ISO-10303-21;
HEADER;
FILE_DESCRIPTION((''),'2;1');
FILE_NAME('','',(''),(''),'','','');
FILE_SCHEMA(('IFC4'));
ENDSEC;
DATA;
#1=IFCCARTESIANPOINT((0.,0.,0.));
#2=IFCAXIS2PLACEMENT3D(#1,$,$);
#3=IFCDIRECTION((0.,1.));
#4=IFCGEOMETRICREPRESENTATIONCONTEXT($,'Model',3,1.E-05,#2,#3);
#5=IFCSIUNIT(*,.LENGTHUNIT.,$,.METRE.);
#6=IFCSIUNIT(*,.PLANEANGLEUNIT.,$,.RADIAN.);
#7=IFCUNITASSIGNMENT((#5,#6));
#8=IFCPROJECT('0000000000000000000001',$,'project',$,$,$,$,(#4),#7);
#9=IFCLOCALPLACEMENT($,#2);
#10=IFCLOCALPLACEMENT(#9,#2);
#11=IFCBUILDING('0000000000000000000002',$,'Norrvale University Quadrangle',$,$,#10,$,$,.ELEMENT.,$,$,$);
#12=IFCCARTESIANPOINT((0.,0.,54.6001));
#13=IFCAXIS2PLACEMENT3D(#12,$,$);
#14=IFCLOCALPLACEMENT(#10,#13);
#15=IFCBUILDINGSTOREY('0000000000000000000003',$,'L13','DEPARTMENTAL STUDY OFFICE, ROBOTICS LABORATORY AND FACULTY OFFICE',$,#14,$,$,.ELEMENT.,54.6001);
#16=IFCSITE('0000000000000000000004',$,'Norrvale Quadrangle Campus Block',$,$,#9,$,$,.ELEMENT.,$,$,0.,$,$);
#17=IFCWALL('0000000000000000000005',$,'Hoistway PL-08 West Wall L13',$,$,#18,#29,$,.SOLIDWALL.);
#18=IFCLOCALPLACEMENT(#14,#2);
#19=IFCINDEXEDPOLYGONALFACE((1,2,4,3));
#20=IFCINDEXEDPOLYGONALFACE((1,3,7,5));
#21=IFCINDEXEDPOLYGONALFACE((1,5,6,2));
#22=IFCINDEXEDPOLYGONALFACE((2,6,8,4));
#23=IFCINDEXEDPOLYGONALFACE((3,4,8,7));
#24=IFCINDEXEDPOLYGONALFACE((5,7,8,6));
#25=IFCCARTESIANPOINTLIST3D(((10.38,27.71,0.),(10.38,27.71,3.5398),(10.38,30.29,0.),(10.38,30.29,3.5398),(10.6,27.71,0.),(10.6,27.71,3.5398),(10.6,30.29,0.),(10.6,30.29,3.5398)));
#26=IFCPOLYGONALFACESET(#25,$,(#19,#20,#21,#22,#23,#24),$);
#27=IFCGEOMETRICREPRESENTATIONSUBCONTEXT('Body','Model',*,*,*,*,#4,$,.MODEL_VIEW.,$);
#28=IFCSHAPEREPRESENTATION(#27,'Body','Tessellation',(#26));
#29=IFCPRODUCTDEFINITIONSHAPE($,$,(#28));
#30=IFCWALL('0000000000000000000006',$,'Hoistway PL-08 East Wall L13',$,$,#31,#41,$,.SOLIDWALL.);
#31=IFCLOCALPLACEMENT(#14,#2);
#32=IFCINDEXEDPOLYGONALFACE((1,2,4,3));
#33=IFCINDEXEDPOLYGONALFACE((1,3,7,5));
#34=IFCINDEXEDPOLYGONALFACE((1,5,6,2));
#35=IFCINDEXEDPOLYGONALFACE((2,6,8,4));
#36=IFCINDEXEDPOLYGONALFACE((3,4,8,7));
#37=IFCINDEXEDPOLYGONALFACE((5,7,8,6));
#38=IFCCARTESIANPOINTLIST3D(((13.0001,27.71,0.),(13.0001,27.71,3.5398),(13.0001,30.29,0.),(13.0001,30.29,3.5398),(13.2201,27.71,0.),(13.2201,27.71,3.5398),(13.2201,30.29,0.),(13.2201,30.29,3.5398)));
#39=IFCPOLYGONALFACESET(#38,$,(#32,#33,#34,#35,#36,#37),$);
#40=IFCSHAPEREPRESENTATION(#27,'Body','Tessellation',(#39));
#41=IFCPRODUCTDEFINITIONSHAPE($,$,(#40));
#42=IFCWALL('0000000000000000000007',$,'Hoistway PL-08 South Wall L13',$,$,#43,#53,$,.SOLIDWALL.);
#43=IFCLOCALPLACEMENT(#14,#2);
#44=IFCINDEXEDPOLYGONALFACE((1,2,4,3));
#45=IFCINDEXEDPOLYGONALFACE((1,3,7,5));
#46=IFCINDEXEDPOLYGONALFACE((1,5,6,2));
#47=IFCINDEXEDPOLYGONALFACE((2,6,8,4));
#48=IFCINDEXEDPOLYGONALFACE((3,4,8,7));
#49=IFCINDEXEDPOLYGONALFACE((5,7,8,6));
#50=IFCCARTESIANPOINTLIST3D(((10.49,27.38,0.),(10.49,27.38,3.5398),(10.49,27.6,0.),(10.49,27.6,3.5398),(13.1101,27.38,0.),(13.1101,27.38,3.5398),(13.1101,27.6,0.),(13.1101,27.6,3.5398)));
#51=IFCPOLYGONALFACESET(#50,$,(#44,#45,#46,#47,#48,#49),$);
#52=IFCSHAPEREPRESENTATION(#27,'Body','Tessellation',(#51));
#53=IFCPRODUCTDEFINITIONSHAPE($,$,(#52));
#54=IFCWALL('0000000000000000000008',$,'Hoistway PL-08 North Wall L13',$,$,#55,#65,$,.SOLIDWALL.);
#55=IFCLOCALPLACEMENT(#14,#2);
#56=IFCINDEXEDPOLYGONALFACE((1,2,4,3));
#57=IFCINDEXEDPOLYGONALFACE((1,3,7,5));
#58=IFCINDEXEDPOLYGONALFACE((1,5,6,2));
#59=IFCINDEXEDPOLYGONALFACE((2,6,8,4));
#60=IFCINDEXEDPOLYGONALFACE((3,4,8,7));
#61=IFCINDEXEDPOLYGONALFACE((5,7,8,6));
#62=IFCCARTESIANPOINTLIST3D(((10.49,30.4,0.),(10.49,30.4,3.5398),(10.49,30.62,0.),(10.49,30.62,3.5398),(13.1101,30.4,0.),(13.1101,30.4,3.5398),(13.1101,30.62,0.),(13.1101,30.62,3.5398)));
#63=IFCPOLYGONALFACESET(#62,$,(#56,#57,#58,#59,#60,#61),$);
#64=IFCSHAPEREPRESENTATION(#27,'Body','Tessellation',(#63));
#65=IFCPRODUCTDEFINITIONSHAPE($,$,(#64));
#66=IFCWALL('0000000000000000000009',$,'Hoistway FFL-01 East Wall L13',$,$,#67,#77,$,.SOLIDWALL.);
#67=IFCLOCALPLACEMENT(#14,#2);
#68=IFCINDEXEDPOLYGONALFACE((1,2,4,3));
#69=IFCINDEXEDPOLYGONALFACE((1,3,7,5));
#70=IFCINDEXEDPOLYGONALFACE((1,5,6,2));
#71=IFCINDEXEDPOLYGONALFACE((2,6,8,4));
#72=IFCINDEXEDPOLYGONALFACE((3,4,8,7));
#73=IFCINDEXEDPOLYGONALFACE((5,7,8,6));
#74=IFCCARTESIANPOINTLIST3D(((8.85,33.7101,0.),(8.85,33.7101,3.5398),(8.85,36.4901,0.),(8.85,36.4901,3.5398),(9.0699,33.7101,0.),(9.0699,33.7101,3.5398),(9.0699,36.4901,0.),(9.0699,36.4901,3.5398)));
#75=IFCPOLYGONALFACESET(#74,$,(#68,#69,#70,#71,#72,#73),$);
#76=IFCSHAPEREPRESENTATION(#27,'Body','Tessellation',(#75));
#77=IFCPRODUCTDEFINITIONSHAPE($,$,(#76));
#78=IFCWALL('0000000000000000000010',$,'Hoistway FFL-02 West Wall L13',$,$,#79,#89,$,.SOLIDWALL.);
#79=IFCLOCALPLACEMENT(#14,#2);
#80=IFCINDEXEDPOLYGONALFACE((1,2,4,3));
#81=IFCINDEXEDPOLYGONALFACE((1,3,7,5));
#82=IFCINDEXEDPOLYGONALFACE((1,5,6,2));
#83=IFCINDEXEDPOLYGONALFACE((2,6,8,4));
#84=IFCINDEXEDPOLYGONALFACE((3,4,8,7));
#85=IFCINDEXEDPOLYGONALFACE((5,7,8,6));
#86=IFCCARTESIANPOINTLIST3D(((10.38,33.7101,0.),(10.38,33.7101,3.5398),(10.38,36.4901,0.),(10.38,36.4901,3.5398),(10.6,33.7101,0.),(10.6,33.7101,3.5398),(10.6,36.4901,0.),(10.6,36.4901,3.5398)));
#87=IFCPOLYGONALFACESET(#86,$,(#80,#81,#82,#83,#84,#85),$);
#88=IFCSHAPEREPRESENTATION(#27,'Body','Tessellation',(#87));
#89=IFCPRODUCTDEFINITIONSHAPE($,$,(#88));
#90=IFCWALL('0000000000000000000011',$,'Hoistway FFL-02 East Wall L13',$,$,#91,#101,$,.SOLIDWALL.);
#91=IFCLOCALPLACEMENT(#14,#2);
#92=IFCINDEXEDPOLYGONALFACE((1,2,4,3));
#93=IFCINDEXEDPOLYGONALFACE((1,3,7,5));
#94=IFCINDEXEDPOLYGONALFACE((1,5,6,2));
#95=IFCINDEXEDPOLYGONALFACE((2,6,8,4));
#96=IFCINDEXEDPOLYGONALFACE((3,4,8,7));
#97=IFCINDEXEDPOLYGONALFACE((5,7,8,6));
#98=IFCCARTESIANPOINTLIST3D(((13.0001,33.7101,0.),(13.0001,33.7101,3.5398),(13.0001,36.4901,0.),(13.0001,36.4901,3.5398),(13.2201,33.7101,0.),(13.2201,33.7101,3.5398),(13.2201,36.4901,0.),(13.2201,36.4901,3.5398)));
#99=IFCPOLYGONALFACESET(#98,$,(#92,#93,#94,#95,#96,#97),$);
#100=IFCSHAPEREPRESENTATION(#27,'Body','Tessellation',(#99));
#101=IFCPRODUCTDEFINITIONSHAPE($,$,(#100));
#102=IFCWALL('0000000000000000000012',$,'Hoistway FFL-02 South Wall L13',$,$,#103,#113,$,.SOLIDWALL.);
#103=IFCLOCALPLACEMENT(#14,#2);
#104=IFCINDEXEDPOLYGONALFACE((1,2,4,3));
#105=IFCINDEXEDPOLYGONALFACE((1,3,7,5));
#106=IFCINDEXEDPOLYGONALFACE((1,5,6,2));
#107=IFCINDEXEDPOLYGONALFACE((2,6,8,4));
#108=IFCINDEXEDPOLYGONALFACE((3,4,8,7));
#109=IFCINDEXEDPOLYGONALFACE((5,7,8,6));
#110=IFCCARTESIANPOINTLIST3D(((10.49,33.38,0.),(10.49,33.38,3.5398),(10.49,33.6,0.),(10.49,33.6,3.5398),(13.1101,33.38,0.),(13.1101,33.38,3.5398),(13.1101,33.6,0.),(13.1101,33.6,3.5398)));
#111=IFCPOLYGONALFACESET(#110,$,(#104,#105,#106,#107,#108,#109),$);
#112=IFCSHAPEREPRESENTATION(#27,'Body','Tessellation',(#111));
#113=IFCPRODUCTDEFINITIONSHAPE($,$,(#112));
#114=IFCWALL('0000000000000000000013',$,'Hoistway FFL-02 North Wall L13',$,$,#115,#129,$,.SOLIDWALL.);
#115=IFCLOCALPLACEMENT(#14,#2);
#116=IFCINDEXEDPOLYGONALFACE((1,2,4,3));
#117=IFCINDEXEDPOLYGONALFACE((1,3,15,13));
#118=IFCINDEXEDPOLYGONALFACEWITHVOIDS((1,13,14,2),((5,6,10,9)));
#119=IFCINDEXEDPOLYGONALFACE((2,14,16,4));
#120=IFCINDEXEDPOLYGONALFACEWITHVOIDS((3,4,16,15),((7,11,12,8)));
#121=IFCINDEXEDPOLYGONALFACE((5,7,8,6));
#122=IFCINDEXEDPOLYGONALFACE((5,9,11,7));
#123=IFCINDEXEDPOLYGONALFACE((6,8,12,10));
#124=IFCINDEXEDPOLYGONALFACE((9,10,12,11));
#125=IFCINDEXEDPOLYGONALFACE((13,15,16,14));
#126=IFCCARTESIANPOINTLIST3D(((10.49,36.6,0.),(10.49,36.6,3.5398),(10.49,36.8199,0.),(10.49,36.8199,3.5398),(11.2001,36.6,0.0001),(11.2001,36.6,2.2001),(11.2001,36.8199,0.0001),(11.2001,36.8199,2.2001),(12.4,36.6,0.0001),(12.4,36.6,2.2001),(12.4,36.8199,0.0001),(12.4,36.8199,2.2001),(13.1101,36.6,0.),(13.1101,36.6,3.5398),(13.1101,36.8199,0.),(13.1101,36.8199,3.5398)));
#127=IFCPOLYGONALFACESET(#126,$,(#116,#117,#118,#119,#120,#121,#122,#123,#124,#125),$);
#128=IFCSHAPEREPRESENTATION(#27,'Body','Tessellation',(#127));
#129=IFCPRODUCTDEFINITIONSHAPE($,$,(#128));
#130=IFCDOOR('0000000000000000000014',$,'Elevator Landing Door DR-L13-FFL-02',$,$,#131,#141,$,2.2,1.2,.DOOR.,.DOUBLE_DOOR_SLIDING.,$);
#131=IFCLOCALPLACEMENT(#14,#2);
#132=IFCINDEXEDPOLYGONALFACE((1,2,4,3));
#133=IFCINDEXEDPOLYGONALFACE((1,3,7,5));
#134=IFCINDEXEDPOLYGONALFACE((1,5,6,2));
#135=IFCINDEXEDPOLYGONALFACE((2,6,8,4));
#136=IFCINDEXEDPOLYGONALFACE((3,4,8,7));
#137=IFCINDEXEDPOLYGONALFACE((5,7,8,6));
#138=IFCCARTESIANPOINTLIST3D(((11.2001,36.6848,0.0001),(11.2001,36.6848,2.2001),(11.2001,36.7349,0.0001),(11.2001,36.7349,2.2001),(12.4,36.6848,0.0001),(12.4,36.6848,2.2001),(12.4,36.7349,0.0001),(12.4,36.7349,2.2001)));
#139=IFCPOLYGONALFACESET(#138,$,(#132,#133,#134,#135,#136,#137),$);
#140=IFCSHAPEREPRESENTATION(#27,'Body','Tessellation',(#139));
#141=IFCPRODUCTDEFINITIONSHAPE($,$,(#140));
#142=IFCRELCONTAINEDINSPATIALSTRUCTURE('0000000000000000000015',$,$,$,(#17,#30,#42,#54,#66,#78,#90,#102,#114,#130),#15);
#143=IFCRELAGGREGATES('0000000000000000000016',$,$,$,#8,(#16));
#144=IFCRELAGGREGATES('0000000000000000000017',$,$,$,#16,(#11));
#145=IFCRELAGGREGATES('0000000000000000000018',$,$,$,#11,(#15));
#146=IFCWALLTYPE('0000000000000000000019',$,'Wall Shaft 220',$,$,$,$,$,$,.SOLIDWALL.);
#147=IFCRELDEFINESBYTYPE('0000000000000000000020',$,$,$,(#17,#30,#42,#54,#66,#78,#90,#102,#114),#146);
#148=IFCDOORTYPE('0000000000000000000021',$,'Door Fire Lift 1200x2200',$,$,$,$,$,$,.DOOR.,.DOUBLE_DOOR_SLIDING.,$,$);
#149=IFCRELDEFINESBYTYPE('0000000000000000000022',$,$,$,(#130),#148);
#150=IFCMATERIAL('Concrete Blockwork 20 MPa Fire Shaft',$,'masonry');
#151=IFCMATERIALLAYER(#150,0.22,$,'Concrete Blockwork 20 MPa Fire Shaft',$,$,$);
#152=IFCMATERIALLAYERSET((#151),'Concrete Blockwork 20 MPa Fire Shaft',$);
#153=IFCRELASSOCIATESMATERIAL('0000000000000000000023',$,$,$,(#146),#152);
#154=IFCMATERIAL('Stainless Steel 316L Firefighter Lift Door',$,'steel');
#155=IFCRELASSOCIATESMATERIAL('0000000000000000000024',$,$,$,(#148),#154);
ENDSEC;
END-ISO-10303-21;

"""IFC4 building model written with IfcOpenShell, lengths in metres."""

from ifc_helpers import new_model, si_unit, direction, frame, frame_2d, origin, place, context, subcontext, project, spatial, rectangle, extrude, material, layer, layer_set, type_object, element, fill, save


model = new_model("IFC4")

# Units and contexts
model_context = context("Model", 3, precision=1e-05, world=origin(), true_north=direction((0.0, 1.0)))
body_context = subcontext(model_context, "Body", "Model", "MODEL_VIEW")
ifc_project = project(units=[si_unit("LENGTHUNIT", "METRE"), si_unit("PLANEANGLEUNIT", "RADIAN")], contexts=[model_context])

# Site, building, storey
site_placement = place(None, origin())
site = spatial("IfcSite", under=ifc_project, at=site_placement, Name="Norrvale Quadrangle Campus Block", CompositionType="ELEMENT", RefElevation=0.0)
building_placement = place(site_placement, origin())
building = spatial("IfcBuilding", under=site, at=building_placement, Name="Norrvale University Quadrangle", CompositionType="ELEMENT")
storey_placement = place(building_placement, frame((0.0, 0.0, 54.6001)))
storey = spatial("IfcBuildingStorey", under=building, at=storey_placement, Name="L13", Description="DEPARTMENTAL STUDY OFFICE, ROBOTICS LABORATORY AND FACULTY OFFICE", CompositionType="ELEMENT", Elevation=54.6001)

# Walls
ifc_material_1 = material(Name="Concrete Blockwork 20 MPa Fire Shaft", Category="masonry")
ifc_layer_1 = layer(ifc_material_1, 0.22, Name="Concrete Blockwork 20 MPa Fire Shaft")
ifc_layer_set_1 = layer_set([ifc_layer_1], Name="Concrete Blockwork 20 MPa Fire Shaft")
wall_type_1 = type_object("IfcWallType", Name="Wall Shaft 220", PredefinedType="SOLIDWALL", material=ifc_layer_set_1)
for number, where, z_axis, x_axis, name in (
    (1, (10.49, 27.71, 0.0), (0.0, 0.0, 1.0), (0.0, 1.0, 0.0), "Hoistway PL-08 West Wall L13"),
    (2, (13.1101, 27.71, 0.0), (0.0, 0.0, 1.0), (0.0, 1.0, 0.0), "Hoistway PL-08 East Wall L13"),
):
    element("IfcWall", number, at=place(storey_placement, frame(where, z_axis=z_axis, x_axis=x_axis)), inside=storey, type_object=wall_type_1, Name=name, PredefinedType="SOLIDWALL", context=body_context, shape_type="SweptSolid", body=[
        extrude(rectangle(XDim=2.5801, YDim=0.22, at=frame_2d((1.29, 0.0))), origin(), (0.0, 0.0, 1.0), 3.5398),
    ])
for number, where, z_axis, x_axis, name in (
    (3, (10.49, 27.49, 0.0), (0.0, 0.0, 1.0), (1.0, 0.0, 0.0), "Hoistway PL-08 South Wall L13"),
    (4, (10.49, 30.51, 0.0), (0.0, 0.0, 1.0), (1.0, 0.0, 0.0), "Hoistway PL-08 North Wall L13"),
):
    element("IfcWall", number, at=place(storey_placement, frame(where, z_axis=z_axis, x_axis=x_axis)), inside=storey, type_object=wall_type_1, Name=name, PredefinedType="SOLIDWALL", context=body_context, shape_type="SweptSolid", body=[
        extrude(rectangle(XDim=2.6201, YDim=0.22, at=frame_2d((1.3101, 0.0))), origin(), (0.0, 0.0, 1.0), 3.5398),
    ])
for number, where, z_axis, x_axis, name in (
    (5, (8.96, 33.71, 0.0), (0.0, 0.0, 1.0), (0.0, 1.0, 0.0), "Hoistway FFL-01 East Wall L13"),
    (6, (10.49, 33.71, 0.0), (0.0, 0.0, 1.0), (0.0, 1.0, 0.0), "Hoistway FFL-02 West Wall L13"),
    (7, (13.1101, 33.71, 0.0), (0.0, 0.0, 1.0), (0.0, 1.0, 0.0), "Hoistway FFL-02 East Wall L13"),
):
    element("IfcWall", number, at=place(storey_placement, frame(where, z_axis=z_axis, x_axis=x_axis)), inside=storey, type_object=wall_type_1, Name=name, PredefinedType="SOLIDWALL", context=body_context, shape_type="SweptSolid", body=[
        extrude(rectangle(XDim=2.78, YDim=0.22, at=frame_2d((1.3901, 0.0))), origin(), (0.0, 0.0, 1.0), 3.5398),
    ])
wall_1_placement = place(storey_placement, frame((10.49, 33.49, 0.0), z_axis=(0.0, 0.0, 1.0), x_axis=(1.0, 0.0, 0.0)))
element("IfcWall", 8, at=wall_1_placement, inside=storey, type_object=wall_type_1, Name="Hoistway FFL-02 South Wall L13", PredefinedType="SOLIDWALL", context=body_context, shape_type="SweptSolid", body=[
    extrude(rectangle(XDim=2.6201, YDim=0.22, at=frame_2d((1.3101, 0.0))), origin(), (0.0, 0.0, 1.0), 3.5398),
])

# Wall, opening, door
wall_2_placement = place(storey_placement, frame((10.49, 36.71, 0.0), z_axis=(0.0, 0.0, 1.0), x_axis=(1.0, 0.0, 0.0)))
wall_2 = element("IfcWall", 9, at=wall_2_placement, inside=storey, type_object=wall_type_1, Name="Hoistway FFL-02 North Wall L13", PredefinedType="SOLIDWALL", context=body_context, shape_type="SweptSolid", body=[
    extrude(rectangle(XDim=2.6201, YDim=0.22, at=frame_2d((1.3101, 0.0))), origin(), (0.0, 0.0, 1.0), 3.5398),
])
opening_1_placement = place(wall_2_placement, frame((0.71, 0.0, 0.0)))
opening_1 = element("IfcOpeningElement", 10, at=opening_1_placement, cuts=wall_2, PredefinedType="OPENING", context=body_context, shape_type="SweptSolid", body=[
    extrude(rectangle(XDim=1.2, YDim=2.2, at=frame_2d((0.6001, 1.1001))), frame((0.0, 0.1221, 0.0), z_axis=(0.0, -1.0, 0.0), x_axis=(1.0, 0.0, 0.0)), (0.0, 0.0, 1.0), 0.2439),
])
ifc_material_2 = material(Name="Stainless Steel 316L Firefighter Lift Door", Category="steel")
door_type_1 = type_object("IfcDoorType", Name="Door Fire Lift 1200x2200", OperationType="DOUBLE_DOOR_SLIDING", PredefinedType="DOOR", material=ifc_material_2)
door_1_placement = place(opening_1_placement, origin())
door_1 = element("IfcDoor", 11, at=door_1_placement, inside=storey, type_object=door_type_1, Name="Elevator Landing Door DR-L13-FFL-02", OperationType="DOUBLE_DOOR_SLIDING", OverallHeight=2.2, OverallWidth=1.2, PredefinedType="DOOR", context=body_context, shape_type="SweptSolid", body=[
    extrude(rectangle(XDim=1.2, YDim=2.2, at=frame_2d((0.6001, 1.1001))), frame((0.0, 0.0249, 0.0), z_axis=(0.0, -1.0, 0.0), x_axis=(1.0, 0.0, 0.0)), (0.0, 0.0, 1.0), 0.05),
])
fill(opening_1, door_1)

save(model, "model.ifc")
